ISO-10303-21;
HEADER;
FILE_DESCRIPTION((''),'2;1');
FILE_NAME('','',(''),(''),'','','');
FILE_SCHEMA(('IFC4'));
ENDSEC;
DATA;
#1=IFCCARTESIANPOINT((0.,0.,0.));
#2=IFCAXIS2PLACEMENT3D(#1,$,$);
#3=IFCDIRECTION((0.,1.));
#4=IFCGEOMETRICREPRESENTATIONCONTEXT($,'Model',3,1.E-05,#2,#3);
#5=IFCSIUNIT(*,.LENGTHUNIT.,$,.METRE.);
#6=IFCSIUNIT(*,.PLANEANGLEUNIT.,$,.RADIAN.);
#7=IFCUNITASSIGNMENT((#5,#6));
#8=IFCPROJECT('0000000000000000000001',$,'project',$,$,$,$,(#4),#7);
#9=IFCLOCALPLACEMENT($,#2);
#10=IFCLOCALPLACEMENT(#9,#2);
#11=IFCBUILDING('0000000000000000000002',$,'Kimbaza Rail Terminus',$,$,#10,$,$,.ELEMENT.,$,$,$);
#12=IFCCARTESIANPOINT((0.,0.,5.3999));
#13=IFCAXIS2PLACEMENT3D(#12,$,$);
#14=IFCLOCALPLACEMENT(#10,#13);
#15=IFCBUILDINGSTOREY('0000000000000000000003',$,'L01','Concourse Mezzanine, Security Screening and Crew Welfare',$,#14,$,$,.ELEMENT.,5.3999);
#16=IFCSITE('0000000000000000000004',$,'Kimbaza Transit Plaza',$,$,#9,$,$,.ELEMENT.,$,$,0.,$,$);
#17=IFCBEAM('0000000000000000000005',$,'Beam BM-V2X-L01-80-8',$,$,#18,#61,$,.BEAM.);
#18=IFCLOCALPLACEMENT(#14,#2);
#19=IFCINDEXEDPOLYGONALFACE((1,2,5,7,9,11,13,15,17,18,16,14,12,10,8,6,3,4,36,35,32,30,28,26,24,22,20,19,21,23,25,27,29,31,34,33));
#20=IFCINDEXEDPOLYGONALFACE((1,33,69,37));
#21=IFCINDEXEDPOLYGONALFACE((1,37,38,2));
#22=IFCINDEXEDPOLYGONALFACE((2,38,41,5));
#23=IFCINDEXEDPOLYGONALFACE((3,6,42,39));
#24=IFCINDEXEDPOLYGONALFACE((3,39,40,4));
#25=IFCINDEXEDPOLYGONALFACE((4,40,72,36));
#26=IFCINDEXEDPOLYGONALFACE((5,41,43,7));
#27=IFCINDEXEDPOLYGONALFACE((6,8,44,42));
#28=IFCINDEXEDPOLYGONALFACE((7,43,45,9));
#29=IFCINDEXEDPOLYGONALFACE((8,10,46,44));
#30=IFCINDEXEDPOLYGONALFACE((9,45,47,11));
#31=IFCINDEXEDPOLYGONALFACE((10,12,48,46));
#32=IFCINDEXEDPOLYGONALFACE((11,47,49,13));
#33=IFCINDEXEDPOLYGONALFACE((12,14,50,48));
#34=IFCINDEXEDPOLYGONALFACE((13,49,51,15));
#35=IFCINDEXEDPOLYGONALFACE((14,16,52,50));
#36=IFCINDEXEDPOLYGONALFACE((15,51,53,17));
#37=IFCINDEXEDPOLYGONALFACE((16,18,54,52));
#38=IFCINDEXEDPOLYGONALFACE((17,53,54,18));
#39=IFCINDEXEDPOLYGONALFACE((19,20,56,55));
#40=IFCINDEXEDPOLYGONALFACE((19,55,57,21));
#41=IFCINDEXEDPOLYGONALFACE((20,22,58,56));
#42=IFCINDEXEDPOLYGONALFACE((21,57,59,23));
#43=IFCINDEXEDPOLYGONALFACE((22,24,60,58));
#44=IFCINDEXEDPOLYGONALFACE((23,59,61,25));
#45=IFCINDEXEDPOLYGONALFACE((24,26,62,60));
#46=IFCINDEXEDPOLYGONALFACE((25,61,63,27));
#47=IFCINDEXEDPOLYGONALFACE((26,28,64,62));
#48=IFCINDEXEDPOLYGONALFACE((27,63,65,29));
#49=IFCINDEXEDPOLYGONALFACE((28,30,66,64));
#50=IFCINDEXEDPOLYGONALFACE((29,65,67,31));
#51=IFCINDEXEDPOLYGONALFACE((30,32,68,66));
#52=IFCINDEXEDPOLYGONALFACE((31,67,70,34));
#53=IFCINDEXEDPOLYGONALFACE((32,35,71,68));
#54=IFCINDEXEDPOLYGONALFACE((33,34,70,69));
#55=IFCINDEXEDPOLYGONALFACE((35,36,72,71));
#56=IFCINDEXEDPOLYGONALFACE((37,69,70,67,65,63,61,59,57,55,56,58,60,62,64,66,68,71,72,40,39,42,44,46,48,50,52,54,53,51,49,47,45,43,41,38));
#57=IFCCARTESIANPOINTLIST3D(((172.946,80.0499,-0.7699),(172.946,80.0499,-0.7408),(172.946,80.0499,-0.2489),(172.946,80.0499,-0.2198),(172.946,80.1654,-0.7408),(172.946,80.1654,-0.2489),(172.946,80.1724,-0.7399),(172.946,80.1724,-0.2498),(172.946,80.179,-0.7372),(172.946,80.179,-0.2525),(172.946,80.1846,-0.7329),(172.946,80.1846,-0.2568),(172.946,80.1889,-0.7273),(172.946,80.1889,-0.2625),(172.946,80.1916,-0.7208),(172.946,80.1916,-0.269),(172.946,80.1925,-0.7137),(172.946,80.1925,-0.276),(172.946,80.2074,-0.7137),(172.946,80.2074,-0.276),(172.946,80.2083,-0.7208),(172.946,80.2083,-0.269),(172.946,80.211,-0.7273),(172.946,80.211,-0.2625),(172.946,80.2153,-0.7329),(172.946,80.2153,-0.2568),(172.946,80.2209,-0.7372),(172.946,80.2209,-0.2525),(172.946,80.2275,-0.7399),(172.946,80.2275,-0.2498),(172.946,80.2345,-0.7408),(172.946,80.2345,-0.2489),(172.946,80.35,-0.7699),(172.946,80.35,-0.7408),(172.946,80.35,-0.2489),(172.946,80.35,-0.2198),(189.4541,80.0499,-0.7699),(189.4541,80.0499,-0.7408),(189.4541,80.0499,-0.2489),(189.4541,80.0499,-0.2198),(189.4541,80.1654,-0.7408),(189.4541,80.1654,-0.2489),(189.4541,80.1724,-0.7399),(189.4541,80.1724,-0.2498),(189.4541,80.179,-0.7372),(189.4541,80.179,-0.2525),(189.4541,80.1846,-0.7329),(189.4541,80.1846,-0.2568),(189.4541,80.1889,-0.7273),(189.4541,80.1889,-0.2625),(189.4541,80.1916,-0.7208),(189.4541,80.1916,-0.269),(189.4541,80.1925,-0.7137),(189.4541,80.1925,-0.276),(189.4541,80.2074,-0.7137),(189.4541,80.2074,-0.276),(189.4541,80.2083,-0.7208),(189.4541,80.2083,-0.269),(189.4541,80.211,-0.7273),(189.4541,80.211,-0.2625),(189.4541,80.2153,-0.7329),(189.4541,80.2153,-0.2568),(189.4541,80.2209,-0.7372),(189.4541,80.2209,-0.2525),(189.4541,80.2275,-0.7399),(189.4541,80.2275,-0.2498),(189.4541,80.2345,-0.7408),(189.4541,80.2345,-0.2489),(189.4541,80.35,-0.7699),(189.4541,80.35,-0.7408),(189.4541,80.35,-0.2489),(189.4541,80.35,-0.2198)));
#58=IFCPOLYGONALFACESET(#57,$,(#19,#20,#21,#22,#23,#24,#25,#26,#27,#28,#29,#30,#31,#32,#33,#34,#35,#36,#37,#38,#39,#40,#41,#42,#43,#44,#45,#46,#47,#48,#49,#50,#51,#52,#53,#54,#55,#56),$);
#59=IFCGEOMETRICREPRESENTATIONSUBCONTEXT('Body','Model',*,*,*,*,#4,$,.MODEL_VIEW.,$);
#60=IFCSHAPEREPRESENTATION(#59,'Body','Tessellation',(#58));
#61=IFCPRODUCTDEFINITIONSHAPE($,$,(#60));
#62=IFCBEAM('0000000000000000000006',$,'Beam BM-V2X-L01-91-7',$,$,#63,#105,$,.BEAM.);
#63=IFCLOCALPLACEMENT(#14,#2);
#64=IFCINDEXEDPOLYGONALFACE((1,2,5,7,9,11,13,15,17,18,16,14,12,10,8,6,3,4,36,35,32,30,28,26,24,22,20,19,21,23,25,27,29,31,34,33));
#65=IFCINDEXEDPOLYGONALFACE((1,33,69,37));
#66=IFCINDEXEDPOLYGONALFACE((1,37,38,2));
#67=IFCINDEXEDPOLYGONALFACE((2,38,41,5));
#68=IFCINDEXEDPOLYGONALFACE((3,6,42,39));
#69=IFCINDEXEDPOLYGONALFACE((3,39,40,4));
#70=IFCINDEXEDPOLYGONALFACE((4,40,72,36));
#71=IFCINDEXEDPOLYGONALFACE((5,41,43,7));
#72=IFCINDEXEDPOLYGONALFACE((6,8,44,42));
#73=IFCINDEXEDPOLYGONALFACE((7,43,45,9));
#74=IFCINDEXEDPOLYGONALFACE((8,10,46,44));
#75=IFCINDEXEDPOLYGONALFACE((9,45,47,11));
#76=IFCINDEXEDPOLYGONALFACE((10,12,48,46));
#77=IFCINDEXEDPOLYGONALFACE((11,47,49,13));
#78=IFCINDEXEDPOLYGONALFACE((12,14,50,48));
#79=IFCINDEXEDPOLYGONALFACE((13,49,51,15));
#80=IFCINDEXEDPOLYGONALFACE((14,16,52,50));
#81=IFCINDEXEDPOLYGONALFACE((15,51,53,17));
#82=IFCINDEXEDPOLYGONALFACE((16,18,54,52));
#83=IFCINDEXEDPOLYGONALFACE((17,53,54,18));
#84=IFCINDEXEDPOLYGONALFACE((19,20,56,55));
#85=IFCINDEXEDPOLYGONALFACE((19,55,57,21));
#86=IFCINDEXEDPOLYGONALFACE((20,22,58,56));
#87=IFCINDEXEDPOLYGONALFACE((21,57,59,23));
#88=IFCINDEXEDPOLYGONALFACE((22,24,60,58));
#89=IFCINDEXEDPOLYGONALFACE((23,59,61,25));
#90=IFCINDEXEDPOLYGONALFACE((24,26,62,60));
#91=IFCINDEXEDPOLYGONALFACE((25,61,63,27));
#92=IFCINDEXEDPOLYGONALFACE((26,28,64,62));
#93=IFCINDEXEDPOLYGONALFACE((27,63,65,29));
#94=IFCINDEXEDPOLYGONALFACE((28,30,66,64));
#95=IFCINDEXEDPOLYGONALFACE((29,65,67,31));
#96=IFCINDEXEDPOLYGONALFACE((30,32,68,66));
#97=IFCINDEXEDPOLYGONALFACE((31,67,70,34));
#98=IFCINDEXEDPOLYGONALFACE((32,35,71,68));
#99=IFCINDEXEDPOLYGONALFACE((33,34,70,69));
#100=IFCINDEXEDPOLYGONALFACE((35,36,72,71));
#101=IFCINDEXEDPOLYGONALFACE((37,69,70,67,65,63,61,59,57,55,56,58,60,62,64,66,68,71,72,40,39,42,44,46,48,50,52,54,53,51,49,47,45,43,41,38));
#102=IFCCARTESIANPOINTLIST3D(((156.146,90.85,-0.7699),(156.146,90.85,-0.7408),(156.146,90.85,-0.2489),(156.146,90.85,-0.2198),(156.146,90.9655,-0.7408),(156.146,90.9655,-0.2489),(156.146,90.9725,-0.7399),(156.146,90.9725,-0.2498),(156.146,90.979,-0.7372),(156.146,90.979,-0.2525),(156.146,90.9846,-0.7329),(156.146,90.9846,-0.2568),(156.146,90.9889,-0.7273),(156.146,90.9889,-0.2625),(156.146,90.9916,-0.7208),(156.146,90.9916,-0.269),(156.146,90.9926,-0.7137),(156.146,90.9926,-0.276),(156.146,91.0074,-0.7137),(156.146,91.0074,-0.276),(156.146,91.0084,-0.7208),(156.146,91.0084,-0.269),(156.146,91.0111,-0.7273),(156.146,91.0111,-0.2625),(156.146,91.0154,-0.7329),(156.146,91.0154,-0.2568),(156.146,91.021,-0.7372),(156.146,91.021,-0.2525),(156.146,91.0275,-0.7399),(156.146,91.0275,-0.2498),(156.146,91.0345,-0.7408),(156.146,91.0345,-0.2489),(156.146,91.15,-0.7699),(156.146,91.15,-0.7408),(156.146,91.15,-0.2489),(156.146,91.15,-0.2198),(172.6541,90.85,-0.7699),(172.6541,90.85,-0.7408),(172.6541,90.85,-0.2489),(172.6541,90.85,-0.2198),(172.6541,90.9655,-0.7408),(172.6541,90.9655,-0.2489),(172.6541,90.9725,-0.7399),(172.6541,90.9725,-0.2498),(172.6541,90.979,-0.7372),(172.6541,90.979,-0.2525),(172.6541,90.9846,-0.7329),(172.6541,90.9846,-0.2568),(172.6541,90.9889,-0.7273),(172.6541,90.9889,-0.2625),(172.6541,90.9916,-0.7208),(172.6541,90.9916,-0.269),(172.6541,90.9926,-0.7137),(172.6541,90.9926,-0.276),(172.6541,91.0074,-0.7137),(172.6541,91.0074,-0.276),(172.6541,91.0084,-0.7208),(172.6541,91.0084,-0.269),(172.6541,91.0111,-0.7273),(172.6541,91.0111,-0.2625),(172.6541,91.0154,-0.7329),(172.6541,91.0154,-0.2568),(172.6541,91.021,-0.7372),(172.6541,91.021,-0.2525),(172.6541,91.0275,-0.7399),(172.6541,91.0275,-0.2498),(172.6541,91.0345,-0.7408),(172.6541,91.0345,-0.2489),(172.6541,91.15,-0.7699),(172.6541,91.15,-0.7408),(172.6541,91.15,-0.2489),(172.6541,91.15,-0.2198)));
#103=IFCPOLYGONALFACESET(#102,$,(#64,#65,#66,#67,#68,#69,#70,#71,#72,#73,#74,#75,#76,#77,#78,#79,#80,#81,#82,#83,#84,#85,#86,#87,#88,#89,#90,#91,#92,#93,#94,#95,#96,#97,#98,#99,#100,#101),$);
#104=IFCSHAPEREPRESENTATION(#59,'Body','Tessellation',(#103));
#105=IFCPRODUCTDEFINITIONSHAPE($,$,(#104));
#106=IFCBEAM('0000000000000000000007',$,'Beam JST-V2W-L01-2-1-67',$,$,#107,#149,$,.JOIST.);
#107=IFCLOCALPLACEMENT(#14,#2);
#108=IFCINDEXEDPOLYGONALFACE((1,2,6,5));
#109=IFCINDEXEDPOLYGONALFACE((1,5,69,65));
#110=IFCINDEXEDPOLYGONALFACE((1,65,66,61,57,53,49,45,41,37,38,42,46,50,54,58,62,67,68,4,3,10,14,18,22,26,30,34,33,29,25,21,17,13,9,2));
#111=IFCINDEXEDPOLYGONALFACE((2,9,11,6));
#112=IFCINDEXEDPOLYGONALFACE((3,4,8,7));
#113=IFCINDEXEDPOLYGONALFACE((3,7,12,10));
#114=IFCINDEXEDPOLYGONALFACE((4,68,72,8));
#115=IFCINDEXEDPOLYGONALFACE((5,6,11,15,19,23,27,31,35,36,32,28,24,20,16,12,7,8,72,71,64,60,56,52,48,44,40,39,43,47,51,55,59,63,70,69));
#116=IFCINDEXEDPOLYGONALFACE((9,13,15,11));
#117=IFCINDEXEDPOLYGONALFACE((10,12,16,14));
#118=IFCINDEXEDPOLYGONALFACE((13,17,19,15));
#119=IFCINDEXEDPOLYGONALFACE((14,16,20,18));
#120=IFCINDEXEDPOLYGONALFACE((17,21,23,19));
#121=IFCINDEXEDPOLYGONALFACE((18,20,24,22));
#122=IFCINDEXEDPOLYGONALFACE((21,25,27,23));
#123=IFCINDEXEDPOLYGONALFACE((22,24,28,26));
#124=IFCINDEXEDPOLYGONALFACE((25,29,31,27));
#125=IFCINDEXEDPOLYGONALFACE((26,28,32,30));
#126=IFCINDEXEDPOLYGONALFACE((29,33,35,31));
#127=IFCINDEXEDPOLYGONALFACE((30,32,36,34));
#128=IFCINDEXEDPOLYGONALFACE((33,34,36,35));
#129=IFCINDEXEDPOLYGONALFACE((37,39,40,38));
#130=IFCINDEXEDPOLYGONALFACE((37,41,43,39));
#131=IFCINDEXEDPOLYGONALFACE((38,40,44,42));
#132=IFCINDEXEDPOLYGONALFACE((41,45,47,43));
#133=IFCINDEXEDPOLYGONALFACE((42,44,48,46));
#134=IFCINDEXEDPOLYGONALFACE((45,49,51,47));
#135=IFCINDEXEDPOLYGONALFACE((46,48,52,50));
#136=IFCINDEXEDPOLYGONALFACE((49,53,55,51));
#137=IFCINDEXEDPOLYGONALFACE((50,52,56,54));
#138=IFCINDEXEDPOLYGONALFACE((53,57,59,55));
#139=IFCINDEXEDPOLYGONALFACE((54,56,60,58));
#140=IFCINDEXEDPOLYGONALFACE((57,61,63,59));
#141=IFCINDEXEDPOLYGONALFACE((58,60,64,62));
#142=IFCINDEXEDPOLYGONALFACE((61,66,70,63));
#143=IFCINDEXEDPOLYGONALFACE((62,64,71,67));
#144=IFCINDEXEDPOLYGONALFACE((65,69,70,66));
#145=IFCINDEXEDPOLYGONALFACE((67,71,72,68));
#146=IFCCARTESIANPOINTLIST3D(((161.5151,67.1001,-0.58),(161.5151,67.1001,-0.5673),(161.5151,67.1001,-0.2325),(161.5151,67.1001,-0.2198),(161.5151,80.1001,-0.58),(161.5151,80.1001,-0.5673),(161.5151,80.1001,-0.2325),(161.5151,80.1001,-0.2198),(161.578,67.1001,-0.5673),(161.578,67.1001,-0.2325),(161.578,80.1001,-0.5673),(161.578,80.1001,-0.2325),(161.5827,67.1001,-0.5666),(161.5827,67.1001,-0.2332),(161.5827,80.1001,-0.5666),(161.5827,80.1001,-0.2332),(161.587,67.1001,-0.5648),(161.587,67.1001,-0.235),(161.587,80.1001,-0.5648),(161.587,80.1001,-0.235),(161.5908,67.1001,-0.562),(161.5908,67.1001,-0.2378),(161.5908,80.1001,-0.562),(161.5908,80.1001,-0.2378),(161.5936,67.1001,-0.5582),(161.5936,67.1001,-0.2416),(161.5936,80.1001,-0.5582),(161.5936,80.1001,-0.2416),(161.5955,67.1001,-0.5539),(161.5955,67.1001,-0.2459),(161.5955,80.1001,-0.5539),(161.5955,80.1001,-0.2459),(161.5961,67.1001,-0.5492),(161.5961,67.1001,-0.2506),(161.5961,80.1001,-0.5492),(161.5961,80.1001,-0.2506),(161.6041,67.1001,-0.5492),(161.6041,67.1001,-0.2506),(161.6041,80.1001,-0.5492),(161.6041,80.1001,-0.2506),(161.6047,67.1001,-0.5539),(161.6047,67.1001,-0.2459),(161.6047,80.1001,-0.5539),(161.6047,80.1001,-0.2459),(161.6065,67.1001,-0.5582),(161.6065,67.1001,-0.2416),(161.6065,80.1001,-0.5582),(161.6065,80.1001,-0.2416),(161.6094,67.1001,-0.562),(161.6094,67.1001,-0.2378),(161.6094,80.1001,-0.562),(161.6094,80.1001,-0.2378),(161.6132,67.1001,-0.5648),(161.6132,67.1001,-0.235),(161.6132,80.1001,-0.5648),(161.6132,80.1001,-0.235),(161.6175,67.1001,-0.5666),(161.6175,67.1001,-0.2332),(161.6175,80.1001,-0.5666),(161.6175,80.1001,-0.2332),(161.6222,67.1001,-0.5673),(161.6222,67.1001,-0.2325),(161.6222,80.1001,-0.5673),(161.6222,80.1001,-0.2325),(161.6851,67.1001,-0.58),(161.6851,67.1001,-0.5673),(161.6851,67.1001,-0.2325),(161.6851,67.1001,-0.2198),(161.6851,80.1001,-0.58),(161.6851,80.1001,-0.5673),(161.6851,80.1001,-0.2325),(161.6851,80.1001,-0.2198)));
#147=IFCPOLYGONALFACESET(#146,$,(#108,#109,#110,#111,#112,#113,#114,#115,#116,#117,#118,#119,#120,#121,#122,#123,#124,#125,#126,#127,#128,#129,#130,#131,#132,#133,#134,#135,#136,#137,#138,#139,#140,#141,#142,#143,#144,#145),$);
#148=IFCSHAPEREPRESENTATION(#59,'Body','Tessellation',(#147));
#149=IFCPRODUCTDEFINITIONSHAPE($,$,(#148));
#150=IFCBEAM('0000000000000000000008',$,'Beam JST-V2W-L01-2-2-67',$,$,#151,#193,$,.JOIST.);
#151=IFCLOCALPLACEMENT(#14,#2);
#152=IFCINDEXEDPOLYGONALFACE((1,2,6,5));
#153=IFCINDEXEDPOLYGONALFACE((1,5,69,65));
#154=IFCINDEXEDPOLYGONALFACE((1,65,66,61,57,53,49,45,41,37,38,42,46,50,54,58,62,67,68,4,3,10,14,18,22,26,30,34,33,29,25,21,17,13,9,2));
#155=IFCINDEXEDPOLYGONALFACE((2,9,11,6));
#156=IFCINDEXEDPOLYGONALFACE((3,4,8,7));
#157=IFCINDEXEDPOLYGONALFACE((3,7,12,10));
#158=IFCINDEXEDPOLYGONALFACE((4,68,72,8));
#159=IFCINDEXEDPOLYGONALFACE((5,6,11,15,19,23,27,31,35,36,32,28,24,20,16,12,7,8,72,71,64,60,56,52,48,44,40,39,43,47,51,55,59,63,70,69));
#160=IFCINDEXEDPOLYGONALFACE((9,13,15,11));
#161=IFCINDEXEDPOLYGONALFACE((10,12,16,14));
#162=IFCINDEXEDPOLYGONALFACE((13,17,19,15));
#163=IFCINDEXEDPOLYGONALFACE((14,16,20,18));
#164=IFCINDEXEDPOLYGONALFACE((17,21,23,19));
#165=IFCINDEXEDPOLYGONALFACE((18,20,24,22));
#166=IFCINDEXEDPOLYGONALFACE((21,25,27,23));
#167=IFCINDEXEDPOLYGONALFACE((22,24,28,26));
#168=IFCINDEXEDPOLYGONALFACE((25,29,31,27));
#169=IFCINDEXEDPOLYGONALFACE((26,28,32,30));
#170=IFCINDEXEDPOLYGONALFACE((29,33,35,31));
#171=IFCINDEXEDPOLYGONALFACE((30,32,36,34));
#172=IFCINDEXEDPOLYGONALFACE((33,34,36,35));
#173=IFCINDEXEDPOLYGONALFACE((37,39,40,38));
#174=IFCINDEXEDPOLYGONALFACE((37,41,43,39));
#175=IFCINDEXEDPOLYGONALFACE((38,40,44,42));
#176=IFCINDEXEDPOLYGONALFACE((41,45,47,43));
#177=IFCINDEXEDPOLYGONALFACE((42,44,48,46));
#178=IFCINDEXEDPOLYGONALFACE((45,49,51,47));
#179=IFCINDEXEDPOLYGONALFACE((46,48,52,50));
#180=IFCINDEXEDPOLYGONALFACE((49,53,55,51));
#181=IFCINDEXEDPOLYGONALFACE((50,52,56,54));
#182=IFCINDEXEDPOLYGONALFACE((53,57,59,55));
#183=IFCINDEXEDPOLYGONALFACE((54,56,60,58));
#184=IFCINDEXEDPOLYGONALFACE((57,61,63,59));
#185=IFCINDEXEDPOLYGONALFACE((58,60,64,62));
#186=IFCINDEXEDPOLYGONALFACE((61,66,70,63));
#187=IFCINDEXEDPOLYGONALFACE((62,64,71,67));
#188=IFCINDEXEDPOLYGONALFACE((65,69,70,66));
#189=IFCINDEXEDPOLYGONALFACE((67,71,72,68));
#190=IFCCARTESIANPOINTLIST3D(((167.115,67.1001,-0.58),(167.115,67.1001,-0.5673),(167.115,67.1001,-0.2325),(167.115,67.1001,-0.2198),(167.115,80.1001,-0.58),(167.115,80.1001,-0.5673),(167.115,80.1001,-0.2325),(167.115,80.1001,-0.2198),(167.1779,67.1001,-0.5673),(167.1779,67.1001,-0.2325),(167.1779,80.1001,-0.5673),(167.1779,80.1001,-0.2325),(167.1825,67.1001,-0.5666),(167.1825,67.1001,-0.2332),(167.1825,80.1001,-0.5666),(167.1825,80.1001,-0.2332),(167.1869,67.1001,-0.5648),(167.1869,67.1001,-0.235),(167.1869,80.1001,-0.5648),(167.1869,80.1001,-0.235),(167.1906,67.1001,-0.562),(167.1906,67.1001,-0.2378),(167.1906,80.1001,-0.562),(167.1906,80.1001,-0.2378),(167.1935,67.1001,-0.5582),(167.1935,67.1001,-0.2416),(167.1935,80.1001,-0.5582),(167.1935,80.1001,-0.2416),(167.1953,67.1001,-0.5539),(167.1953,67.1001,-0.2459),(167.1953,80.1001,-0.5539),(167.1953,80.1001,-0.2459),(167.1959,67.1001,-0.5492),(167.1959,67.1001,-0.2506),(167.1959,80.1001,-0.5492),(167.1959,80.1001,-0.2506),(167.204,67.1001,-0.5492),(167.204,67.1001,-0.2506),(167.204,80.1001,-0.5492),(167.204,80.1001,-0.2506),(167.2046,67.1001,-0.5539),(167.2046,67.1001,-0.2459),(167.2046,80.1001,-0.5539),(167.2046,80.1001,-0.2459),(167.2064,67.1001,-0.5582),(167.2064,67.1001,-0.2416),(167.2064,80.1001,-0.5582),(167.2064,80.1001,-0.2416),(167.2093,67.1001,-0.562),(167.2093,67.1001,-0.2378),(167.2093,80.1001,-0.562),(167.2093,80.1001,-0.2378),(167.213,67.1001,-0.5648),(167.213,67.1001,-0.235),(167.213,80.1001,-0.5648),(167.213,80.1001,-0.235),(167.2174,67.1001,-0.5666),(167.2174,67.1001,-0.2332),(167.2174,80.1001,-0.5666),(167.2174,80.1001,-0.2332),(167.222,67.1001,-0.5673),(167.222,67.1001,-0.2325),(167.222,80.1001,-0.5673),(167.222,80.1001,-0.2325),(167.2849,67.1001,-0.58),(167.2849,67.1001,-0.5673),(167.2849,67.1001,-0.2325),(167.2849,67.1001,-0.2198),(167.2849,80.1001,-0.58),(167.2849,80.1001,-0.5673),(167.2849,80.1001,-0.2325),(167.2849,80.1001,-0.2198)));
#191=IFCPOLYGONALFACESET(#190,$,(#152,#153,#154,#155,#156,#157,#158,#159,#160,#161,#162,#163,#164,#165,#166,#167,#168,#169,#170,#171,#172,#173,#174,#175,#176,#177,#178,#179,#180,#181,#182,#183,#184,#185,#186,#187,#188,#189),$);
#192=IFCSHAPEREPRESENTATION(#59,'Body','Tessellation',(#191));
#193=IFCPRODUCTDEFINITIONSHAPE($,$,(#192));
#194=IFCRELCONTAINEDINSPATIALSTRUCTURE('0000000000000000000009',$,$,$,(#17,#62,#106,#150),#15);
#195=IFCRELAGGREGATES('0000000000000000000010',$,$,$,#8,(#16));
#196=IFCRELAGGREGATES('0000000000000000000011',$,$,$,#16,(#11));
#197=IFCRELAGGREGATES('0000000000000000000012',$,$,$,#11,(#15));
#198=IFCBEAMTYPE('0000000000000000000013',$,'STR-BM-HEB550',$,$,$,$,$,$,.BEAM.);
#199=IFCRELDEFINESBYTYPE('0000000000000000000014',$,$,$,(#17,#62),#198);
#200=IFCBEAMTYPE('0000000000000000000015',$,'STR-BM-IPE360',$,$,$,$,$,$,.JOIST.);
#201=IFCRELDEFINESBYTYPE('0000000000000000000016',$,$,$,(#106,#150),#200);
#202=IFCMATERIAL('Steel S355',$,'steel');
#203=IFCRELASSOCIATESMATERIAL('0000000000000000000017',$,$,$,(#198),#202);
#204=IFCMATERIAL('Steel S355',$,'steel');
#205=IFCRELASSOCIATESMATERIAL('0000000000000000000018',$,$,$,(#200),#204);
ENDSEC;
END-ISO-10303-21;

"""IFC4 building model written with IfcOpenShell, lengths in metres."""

from ifc_helpers import new_model, si_unit, direction, frame, origin, origin_2d, place, context, subcontext, project, spatial, i_section, extrude, material, material_profile, profile_set, type_object, element, save


model = new_model("IFC4")

# Units and contexts
model_context = context("Model", 3, precision=1e-05, world=origin(), true_north=direction((0.0, 1.0)))
body_context = subcontext(model_context, "Body", "Model", "MODEL_VIEW")
ifc_project = project(units=[si_unit("LENGTHUNIT", "METRE"), si_unit("PLANEANGLEUNIT", "RADIAN")], contexts=[model_context])

# Site, building, storey
site_placement = place(None, origin())
site = spatial("IfcSite", under=ifc_project, at=site_placement, Name="Kimbaza Transit Plaza", CompositionType="ELEMENT", RefElevation=0.0)
building_placement = place(site_placement, origin())
building = spatial("IfcBuilding", under=site, at=building_placement, Name="Kimbaza Rail Terminus", CompositionType="ELEMENT")
storey_placement = place(building_placement, frame((0.0, 0.0, 5.3999)))
storey = spatial("IfcBuildingStorey", under=building, at=storey_placement, Name="L01", Description="Concourse Mezzanine, Security Screening and Crew Welfare", CompositionType="ELEMENT", Elevation=5.3999)

# Beams
ifc_material_1 = material(Name="Steel S355", Category="steel")
ifc_material_profile_1 = material_profile(ifc_material_1, i_section(OverallWidth=0.3, OverallDepth=0.55, WebThickness=0.0149, FlangeThickness=0.0291, FilletRadius=0.0271, at=origin_2d()), Name="HEB 550")
ifc_profile_set_1 = profile_set([ifc_material_profile_1], Name="Steel S355")
beam_type_1 = type_object("IfcBeamType", Name="STR-BM-HEB550", PredefinedType="BEAM", material=ifc_profile_set_1)
for number, where, z_axis, x_axis, name in (
    (1, (172.946, 80.2, -0.4949), (1.0, 0.0, 0.0), (0.0, 1.0, 0.0), "Beam BM-V2X-L01-80-8"),
    (2, (156.146, 91.0, -0.4949), (1.0, 0.0, 0.0), (0.0, 1.0, 0.0), "Beam BM-V2X-L01-91-7"),
):
    element("IfcBeam", number, at=place(storey_placement, frame(where, z_axis=z_axis, x_axis=x_axis)), inside=storey, type_object=beam_type_1, Name=name, PredefinedType="BEAM", context=body_context, shape_type="SweptSolid", body=[
        extrude(i_section(OverallWidth=0.3, OverallDepth=0.55, WebThickness=0.0149, FlangeThickness=0.0291, FilletRadius=0.0271, at=origin_2d()), origin(), (0.0, 0.0, 1.0), 16.5081),
    ])
ifc_material_2 = material(Name="Steel S355", Category="steel")
ifc_material_profile_2 = material_profile(ifc_material_2, i_section(OverallWidth=0.1699, OverallDepth=0.3601, WebThickness=0.0081, FlangeThickness=0.0127, FilletRadius=0.0181, at=origin_2d()), Name="IPE 360")
ifc_profile_set_2 = profile_set([ifc_material_profile_2], Name="Steel S355")
beam_type_2 = type_object("IfcBeamType", Name="STR-BM-IPE360", PredefinedType="JOIST", material=ifc_profile_set_2)
for number, where, z_axis, x_axis, name in (
    (3, (161.6001, 67.1001, -0.3999), (0.0, 1.0, 0.0), (-1.0, 0.0, 0.0), "Beam JST-V2W-L01-2-1-67"),
    (4, (167.2, 67.1001, -0.3999), (0.0, 1.0, 0.0), (-1.0, 0.0, 0.0), "Beam JST-V2W-L01-2-2-67"),
):
    element("IfcBeam", number, at=place(storey_placement, frame(where, z_axis=z_axis, x_axis=x_axis)), inside=storey, type_object=beam_type_2, Name=name, PredefinedType="JOIST", context=body_context, shape_type="SweptSolid", body=[
        extrude(i_section(OverallWidth=0.1699, OverallDepth=0.3601, WebThickness=0.0081, FlangeThickness=0.0127, FilletRadius=0.0181, at=origin_2d()), origin(), (0.0, 0.0, 1.0), 13.0),
    ])

save(model, "model.ifc")
